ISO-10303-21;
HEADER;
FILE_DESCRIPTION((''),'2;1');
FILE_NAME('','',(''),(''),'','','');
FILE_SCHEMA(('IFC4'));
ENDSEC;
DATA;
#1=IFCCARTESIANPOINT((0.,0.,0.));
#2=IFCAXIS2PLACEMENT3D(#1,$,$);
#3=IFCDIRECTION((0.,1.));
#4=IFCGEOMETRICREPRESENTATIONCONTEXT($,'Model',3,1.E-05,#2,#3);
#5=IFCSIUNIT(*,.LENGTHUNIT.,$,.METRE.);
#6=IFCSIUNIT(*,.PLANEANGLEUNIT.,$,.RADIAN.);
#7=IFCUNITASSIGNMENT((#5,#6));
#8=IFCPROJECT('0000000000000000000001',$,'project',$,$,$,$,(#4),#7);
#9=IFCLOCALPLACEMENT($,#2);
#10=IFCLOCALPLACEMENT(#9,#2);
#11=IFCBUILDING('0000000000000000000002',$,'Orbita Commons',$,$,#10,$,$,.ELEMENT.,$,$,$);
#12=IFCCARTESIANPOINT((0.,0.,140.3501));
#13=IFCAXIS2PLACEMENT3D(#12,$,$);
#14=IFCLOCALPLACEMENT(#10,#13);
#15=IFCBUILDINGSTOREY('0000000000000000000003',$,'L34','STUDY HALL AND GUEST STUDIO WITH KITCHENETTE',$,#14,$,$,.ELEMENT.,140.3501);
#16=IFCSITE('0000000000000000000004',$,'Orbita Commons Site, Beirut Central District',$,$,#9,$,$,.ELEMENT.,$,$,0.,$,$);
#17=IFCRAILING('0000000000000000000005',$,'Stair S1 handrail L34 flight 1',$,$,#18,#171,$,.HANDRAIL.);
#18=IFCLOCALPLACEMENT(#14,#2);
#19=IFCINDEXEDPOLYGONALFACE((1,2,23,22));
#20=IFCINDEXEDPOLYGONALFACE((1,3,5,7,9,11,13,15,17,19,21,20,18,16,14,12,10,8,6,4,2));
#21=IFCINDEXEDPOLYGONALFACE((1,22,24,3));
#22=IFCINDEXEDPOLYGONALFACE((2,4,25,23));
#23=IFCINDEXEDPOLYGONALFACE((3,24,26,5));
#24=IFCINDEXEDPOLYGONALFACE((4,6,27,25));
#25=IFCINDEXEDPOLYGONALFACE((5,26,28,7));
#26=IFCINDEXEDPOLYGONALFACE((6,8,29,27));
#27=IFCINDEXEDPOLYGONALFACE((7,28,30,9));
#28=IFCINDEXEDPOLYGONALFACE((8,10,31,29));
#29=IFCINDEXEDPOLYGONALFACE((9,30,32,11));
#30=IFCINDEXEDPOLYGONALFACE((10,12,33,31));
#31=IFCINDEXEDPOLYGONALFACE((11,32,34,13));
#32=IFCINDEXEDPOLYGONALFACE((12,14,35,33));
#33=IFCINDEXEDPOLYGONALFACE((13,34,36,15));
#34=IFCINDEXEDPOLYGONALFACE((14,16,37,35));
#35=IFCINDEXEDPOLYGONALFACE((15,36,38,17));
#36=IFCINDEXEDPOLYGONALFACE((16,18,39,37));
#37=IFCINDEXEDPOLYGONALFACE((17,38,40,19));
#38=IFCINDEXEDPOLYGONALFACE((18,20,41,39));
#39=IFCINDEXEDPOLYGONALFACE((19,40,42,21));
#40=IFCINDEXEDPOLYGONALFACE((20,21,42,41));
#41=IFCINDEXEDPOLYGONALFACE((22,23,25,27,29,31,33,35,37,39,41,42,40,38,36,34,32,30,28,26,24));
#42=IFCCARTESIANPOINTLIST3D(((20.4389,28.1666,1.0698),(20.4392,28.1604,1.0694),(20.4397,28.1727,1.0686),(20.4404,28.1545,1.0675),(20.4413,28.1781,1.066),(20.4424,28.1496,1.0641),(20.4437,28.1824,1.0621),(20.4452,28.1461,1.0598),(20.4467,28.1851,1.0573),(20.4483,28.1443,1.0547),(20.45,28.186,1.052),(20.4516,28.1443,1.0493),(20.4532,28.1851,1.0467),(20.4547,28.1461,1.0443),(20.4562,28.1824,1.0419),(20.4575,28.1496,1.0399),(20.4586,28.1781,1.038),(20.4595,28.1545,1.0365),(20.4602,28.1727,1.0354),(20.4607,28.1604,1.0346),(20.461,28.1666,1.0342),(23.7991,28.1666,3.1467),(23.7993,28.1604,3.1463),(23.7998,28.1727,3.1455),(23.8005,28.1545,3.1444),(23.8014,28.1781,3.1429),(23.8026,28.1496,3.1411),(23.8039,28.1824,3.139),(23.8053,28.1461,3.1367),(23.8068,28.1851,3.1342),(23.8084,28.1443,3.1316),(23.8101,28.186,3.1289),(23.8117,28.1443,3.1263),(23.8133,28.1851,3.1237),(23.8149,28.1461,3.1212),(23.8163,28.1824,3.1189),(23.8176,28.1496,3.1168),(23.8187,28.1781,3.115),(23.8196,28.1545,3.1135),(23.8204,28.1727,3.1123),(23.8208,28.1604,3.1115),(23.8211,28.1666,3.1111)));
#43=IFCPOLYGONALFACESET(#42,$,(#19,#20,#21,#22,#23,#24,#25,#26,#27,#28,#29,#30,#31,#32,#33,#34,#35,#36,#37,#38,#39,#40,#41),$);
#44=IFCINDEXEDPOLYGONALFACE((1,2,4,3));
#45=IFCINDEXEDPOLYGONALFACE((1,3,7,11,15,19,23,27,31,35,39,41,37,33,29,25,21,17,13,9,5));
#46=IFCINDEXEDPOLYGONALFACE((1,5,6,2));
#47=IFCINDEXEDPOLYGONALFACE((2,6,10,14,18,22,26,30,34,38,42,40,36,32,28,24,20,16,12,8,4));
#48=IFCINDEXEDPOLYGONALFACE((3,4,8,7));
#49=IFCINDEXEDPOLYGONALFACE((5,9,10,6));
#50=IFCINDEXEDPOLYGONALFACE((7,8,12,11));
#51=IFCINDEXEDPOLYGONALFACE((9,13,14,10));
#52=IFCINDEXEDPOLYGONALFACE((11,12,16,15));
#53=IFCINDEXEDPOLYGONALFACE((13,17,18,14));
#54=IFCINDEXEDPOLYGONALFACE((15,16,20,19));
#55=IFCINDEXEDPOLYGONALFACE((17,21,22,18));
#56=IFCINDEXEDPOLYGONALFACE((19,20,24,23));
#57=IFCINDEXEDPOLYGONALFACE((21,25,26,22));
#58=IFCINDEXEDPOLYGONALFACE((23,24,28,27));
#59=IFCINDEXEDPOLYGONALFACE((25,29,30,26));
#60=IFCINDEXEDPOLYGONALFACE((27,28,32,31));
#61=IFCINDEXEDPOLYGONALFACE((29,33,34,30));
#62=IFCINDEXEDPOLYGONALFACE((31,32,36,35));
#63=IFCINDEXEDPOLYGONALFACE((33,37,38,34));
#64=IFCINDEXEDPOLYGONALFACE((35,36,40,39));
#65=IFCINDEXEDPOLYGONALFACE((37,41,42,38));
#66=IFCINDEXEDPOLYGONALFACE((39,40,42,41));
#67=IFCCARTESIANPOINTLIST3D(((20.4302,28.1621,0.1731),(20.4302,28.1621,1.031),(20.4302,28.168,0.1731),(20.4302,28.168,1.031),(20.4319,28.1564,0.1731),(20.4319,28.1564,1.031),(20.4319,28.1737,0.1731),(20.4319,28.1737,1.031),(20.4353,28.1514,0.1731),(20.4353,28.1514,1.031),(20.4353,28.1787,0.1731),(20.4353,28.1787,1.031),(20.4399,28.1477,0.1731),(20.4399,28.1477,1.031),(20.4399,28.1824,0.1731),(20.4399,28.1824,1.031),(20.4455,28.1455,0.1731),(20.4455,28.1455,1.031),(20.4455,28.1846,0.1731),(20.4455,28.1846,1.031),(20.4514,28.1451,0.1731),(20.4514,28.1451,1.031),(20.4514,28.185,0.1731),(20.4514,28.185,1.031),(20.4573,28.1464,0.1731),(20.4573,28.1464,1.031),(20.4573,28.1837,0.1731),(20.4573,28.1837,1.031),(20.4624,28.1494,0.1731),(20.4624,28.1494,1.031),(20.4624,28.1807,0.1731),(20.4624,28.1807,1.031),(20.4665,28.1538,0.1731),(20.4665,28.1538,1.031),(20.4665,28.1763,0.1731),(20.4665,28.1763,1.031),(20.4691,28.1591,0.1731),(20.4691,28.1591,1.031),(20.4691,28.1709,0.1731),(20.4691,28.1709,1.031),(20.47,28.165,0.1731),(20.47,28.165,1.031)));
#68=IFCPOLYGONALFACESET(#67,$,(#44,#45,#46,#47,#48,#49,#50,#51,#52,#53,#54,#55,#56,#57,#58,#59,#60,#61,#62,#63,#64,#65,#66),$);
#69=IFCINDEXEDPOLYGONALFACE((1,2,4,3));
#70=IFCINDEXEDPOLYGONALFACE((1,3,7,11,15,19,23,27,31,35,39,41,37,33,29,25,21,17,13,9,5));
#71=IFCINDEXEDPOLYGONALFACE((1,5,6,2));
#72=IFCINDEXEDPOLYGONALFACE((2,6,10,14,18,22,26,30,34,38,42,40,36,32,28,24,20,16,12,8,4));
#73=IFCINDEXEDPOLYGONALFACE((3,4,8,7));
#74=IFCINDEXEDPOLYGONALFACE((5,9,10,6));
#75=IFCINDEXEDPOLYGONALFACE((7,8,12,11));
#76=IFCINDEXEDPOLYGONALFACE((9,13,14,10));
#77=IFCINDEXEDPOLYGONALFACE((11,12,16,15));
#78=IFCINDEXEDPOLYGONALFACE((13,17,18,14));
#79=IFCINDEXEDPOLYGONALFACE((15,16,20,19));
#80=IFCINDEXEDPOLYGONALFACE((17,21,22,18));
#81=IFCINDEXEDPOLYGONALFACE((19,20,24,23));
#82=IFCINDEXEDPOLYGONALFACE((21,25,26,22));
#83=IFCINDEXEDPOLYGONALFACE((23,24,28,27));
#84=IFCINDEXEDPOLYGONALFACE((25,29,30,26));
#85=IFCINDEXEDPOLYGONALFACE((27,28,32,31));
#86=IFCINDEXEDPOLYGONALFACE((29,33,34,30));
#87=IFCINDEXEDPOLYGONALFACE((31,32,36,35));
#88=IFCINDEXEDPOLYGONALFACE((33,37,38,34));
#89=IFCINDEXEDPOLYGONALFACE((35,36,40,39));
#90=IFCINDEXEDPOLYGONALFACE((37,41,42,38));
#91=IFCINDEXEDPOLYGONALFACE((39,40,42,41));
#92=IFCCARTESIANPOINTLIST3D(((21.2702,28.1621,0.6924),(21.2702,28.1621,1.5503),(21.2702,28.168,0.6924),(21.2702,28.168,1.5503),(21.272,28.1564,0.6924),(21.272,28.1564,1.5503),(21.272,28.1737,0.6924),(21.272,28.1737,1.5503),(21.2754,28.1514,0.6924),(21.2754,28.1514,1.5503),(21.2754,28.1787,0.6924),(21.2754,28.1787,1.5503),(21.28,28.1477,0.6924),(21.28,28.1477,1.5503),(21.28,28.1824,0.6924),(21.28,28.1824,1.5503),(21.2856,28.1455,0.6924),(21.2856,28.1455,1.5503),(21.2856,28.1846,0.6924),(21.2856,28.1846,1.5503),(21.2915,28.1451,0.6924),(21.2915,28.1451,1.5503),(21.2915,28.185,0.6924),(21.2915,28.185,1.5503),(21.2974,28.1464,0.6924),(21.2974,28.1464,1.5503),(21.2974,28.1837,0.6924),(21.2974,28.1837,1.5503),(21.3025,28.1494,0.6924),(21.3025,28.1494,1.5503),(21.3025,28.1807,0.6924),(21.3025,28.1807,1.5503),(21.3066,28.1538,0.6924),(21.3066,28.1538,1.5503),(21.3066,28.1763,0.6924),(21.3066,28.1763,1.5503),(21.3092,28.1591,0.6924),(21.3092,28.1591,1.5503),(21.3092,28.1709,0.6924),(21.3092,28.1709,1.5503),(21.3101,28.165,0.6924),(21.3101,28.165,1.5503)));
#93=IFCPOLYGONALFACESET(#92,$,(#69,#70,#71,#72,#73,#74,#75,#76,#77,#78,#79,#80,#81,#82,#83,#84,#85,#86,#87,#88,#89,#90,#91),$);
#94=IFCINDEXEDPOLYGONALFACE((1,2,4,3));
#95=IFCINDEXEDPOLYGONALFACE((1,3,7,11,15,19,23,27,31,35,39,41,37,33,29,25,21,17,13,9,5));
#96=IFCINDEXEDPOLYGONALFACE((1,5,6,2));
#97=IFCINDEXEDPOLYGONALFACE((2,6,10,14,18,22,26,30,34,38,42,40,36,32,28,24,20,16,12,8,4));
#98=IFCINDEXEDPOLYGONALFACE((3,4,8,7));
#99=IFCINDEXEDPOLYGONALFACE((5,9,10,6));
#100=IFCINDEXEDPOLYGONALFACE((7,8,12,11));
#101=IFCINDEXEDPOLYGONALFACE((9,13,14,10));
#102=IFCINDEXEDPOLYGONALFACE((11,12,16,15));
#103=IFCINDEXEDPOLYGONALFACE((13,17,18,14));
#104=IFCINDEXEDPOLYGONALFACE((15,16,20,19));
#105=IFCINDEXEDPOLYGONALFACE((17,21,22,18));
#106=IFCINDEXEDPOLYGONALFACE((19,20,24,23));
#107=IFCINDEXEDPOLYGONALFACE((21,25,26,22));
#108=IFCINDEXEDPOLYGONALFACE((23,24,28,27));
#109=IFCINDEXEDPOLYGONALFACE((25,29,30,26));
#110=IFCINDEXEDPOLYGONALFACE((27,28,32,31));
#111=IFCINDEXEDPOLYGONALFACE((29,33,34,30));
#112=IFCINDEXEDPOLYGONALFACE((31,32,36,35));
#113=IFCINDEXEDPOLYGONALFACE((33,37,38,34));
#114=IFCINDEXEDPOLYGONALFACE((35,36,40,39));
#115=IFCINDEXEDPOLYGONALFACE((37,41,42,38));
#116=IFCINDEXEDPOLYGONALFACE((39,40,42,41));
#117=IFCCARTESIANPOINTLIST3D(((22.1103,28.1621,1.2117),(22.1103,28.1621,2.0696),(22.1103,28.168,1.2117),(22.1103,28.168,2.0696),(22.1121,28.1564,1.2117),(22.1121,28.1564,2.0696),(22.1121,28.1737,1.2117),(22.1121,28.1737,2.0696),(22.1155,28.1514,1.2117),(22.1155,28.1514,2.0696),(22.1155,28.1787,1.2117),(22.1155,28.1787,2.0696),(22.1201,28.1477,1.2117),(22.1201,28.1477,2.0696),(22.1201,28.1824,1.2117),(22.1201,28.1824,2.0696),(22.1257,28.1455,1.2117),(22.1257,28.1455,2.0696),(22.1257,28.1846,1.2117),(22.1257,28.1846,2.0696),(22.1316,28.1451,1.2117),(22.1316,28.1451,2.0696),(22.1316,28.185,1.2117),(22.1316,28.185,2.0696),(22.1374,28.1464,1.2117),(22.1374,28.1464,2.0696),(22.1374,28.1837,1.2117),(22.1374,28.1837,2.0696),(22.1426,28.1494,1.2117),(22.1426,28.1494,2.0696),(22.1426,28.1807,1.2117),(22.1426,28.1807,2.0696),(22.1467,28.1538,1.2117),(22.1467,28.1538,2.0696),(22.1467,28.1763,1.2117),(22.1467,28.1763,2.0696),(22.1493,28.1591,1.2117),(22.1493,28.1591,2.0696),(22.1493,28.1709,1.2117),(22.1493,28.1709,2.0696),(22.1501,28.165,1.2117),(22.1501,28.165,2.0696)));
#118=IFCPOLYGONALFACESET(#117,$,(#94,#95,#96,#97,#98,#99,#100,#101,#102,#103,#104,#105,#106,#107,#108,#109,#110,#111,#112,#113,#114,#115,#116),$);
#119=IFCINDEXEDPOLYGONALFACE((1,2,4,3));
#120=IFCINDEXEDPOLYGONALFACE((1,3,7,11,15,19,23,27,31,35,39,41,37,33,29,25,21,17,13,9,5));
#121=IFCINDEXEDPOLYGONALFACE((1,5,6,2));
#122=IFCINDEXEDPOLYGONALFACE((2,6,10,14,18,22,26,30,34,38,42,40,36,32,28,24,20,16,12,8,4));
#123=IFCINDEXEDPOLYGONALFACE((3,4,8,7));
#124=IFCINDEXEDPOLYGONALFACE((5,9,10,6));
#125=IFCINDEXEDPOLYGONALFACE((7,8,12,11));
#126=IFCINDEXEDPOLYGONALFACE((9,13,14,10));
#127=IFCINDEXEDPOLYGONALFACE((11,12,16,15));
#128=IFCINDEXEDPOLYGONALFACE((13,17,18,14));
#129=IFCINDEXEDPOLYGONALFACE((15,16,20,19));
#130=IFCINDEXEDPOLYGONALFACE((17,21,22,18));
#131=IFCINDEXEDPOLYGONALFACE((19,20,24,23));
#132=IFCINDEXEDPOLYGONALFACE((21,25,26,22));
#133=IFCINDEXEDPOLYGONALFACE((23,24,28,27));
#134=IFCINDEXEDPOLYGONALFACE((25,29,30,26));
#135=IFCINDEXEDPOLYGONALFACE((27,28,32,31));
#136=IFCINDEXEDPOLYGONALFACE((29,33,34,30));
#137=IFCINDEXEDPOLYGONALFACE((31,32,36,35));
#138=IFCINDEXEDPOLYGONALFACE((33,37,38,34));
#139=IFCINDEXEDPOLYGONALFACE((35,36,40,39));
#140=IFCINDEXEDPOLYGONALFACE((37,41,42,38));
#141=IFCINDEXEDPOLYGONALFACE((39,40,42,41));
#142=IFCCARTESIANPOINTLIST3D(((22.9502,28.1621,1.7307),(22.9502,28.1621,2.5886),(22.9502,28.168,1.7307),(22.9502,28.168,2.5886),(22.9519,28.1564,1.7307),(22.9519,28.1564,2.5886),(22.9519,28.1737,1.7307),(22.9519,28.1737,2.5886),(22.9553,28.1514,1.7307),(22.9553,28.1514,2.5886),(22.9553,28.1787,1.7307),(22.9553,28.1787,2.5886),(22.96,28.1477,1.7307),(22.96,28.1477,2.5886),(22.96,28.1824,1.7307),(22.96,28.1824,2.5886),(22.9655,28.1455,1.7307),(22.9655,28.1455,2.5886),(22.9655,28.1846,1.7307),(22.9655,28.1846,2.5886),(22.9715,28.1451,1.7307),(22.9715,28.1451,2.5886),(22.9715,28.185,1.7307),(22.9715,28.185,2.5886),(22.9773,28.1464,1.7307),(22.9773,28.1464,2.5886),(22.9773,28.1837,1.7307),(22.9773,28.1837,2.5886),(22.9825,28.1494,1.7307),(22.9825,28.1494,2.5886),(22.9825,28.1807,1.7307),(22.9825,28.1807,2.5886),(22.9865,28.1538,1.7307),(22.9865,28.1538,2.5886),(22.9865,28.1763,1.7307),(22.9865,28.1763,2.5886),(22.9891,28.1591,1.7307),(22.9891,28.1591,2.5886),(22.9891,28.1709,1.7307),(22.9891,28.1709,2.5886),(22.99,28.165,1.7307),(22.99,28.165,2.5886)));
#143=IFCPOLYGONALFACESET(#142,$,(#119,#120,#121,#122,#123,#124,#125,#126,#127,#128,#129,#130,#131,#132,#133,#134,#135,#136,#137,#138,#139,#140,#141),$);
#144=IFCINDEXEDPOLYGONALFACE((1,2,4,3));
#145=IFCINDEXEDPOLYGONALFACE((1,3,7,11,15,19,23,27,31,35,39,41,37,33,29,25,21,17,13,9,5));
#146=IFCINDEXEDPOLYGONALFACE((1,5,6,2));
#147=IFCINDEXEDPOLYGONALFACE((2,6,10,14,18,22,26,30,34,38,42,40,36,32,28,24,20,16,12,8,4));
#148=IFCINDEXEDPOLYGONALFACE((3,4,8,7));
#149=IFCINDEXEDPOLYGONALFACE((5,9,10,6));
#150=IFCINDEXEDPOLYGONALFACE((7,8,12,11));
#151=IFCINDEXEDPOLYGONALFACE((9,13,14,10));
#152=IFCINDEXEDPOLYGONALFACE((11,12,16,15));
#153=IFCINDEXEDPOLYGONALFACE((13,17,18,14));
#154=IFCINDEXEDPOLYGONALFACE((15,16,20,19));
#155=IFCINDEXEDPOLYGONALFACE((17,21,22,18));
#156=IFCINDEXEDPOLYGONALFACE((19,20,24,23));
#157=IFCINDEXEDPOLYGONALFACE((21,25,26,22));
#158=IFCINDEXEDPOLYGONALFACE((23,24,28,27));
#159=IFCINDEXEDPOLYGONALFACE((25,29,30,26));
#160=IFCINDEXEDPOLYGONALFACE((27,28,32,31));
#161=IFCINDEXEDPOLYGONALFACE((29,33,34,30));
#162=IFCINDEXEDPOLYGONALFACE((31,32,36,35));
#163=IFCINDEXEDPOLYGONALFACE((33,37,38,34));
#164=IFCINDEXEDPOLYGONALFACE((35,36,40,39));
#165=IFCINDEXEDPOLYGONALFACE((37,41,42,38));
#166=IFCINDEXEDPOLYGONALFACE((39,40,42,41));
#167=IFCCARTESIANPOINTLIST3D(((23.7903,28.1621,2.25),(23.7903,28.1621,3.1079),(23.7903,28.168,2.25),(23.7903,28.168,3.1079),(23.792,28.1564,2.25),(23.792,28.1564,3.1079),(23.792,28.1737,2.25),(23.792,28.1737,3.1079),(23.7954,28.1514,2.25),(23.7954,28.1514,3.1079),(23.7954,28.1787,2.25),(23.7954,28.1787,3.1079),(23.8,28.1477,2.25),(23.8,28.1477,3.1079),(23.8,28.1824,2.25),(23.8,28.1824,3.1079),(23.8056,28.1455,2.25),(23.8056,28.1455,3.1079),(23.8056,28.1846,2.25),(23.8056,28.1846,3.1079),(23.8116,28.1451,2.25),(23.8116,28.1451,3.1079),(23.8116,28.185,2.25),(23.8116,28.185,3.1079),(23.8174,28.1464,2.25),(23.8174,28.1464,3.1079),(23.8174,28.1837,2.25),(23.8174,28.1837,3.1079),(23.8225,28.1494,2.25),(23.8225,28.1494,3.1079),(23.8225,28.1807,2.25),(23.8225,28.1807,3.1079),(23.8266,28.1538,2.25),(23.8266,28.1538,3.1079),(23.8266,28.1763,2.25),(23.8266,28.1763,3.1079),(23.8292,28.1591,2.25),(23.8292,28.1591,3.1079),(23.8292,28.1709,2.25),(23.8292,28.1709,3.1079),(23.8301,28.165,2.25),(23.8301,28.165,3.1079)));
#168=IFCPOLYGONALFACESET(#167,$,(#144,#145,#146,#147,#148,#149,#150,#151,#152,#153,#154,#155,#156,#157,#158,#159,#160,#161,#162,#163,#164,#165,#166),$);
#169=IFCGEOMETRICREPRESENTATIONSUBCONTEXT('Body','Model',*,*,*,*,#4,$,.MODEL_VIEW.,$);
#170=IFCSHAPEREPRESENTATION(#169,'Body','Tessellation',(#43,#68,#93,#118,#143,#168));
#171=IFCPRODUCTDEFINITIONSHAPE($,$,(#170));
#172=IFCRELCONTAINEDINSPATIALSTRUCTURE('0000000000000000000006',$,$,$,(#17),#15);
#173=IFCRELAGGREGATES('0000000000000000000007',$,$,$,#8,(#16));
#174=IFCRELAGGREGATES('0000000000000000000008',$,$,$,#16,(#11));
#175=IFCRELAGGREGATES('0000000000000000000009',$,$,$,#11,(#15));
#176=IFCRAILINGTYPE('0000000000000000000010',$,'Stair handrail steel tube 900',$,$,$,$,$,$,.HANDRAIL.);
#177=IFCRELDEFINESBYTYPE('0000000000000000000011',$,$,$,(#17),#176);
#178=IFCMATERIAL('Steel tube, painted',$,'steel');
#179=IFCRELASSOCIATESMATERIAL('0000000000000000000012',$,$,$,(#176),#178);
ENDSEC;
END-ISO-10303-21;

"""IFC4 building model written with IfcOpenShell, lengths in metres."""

from ifc_helpers import new_model, si_unit, direction, frame, origin, origin_2d, place, context, subcontext, project, spatial, circle, extrude, material, type_object, element, save


model = new_model("IFC4")

# Units and contexts
model_context = context("Model", 3, precision=1e-05, world=origin(), true_north=direction((0.0, 1.0)))
body_context = subcontext(model_context, "Body", "Model", "MODEL_VIEW")
ifc_project = project(units=[si_unit("LENGTHUNIT", "METRE"), si_unit("PLANEANGLEUNIT", "RADIAN")], contexts=[model_context])

# Site, building, storey
site_placement = place(None, origin())
site = spatial("IfcSite", under=ifc_project, at=site_placement, Name="Orbita Commons Site, Beirut Central District", CompositionType="ELEMENT", RefElevation=0.0)
building_placement = place(site_placement, origin())
building = spatial("IfcBuilding", under=site, at=building_placement, Name="Orbita Commons", CompositionType="ELEMENT")
storey_placement = place(building_placement, frame((0.0, 0.0, 140.3501)))
storey = spatial("IfcBuildingStorey", under=building, at=storey_placement, Name="L34", Description="STUDY HALL AND GUEST STUDIO WITH KITCHENETTE", CompositionType="ELEMENT", Elevation=140.3501)

# Railing
ifc_material = material(Name="Steel tube, painted", Category="steel")
railing_type = type_object("IfcRailingType", Name="Stair handrail steel tube 900", PredefinedType="HANDRAIL", material=ifc_material)
railing_placement = place(storey_placement, frame((20.45, 28.165, 0.1731)))
element("IfcRailing", 1, at=railing_placement, inside=storey, type_object=railing_type, Name="Stair S1 handrail L34 flight 1", PredefinedType="HANDRAIL", context=body_context, shape_type="SweptSolid", body=[
    extrude(circle(Radius=0.021, at=origin_2d()), frame((0.0, 0.0, 0.8789), z_axis=(0.850623, 0.0, 0.525776), x_axis=(0.0, 1.0, 0.0)), (0.0, 0.0, 1.0), 3.9502),
    extrude(circle(Radius=0.02, at=origin_2d()), origin(), (0.0, 0.0, 1.0), 0.8579),
    extrude(circle(Radius=0.02, at=origin_2d()), frame((0.8401, 0.0, 0.5193)), (0.0, 0.0, 1.0), 0.8579),
    extrude(circle(Radius=0.02, at=origin_2d()), frame((1.6802, 0.0, 1.0386)), (0.0, 0.0, 1.0), 0.8579),
    extrude(circle(Radius=0.02, at=origin_2d()), frame((2.52, 0.0, 1.5576)), (0.0, 0.0, 1.0), 0.8579),
    extrude(circle(Radius=0.02, at=origin_2d()), frame((3.3601, 0.0, 2.0769)), (0.0, 0.0, 1.0), 0.8579),
])

save(model, "model.ifc")
